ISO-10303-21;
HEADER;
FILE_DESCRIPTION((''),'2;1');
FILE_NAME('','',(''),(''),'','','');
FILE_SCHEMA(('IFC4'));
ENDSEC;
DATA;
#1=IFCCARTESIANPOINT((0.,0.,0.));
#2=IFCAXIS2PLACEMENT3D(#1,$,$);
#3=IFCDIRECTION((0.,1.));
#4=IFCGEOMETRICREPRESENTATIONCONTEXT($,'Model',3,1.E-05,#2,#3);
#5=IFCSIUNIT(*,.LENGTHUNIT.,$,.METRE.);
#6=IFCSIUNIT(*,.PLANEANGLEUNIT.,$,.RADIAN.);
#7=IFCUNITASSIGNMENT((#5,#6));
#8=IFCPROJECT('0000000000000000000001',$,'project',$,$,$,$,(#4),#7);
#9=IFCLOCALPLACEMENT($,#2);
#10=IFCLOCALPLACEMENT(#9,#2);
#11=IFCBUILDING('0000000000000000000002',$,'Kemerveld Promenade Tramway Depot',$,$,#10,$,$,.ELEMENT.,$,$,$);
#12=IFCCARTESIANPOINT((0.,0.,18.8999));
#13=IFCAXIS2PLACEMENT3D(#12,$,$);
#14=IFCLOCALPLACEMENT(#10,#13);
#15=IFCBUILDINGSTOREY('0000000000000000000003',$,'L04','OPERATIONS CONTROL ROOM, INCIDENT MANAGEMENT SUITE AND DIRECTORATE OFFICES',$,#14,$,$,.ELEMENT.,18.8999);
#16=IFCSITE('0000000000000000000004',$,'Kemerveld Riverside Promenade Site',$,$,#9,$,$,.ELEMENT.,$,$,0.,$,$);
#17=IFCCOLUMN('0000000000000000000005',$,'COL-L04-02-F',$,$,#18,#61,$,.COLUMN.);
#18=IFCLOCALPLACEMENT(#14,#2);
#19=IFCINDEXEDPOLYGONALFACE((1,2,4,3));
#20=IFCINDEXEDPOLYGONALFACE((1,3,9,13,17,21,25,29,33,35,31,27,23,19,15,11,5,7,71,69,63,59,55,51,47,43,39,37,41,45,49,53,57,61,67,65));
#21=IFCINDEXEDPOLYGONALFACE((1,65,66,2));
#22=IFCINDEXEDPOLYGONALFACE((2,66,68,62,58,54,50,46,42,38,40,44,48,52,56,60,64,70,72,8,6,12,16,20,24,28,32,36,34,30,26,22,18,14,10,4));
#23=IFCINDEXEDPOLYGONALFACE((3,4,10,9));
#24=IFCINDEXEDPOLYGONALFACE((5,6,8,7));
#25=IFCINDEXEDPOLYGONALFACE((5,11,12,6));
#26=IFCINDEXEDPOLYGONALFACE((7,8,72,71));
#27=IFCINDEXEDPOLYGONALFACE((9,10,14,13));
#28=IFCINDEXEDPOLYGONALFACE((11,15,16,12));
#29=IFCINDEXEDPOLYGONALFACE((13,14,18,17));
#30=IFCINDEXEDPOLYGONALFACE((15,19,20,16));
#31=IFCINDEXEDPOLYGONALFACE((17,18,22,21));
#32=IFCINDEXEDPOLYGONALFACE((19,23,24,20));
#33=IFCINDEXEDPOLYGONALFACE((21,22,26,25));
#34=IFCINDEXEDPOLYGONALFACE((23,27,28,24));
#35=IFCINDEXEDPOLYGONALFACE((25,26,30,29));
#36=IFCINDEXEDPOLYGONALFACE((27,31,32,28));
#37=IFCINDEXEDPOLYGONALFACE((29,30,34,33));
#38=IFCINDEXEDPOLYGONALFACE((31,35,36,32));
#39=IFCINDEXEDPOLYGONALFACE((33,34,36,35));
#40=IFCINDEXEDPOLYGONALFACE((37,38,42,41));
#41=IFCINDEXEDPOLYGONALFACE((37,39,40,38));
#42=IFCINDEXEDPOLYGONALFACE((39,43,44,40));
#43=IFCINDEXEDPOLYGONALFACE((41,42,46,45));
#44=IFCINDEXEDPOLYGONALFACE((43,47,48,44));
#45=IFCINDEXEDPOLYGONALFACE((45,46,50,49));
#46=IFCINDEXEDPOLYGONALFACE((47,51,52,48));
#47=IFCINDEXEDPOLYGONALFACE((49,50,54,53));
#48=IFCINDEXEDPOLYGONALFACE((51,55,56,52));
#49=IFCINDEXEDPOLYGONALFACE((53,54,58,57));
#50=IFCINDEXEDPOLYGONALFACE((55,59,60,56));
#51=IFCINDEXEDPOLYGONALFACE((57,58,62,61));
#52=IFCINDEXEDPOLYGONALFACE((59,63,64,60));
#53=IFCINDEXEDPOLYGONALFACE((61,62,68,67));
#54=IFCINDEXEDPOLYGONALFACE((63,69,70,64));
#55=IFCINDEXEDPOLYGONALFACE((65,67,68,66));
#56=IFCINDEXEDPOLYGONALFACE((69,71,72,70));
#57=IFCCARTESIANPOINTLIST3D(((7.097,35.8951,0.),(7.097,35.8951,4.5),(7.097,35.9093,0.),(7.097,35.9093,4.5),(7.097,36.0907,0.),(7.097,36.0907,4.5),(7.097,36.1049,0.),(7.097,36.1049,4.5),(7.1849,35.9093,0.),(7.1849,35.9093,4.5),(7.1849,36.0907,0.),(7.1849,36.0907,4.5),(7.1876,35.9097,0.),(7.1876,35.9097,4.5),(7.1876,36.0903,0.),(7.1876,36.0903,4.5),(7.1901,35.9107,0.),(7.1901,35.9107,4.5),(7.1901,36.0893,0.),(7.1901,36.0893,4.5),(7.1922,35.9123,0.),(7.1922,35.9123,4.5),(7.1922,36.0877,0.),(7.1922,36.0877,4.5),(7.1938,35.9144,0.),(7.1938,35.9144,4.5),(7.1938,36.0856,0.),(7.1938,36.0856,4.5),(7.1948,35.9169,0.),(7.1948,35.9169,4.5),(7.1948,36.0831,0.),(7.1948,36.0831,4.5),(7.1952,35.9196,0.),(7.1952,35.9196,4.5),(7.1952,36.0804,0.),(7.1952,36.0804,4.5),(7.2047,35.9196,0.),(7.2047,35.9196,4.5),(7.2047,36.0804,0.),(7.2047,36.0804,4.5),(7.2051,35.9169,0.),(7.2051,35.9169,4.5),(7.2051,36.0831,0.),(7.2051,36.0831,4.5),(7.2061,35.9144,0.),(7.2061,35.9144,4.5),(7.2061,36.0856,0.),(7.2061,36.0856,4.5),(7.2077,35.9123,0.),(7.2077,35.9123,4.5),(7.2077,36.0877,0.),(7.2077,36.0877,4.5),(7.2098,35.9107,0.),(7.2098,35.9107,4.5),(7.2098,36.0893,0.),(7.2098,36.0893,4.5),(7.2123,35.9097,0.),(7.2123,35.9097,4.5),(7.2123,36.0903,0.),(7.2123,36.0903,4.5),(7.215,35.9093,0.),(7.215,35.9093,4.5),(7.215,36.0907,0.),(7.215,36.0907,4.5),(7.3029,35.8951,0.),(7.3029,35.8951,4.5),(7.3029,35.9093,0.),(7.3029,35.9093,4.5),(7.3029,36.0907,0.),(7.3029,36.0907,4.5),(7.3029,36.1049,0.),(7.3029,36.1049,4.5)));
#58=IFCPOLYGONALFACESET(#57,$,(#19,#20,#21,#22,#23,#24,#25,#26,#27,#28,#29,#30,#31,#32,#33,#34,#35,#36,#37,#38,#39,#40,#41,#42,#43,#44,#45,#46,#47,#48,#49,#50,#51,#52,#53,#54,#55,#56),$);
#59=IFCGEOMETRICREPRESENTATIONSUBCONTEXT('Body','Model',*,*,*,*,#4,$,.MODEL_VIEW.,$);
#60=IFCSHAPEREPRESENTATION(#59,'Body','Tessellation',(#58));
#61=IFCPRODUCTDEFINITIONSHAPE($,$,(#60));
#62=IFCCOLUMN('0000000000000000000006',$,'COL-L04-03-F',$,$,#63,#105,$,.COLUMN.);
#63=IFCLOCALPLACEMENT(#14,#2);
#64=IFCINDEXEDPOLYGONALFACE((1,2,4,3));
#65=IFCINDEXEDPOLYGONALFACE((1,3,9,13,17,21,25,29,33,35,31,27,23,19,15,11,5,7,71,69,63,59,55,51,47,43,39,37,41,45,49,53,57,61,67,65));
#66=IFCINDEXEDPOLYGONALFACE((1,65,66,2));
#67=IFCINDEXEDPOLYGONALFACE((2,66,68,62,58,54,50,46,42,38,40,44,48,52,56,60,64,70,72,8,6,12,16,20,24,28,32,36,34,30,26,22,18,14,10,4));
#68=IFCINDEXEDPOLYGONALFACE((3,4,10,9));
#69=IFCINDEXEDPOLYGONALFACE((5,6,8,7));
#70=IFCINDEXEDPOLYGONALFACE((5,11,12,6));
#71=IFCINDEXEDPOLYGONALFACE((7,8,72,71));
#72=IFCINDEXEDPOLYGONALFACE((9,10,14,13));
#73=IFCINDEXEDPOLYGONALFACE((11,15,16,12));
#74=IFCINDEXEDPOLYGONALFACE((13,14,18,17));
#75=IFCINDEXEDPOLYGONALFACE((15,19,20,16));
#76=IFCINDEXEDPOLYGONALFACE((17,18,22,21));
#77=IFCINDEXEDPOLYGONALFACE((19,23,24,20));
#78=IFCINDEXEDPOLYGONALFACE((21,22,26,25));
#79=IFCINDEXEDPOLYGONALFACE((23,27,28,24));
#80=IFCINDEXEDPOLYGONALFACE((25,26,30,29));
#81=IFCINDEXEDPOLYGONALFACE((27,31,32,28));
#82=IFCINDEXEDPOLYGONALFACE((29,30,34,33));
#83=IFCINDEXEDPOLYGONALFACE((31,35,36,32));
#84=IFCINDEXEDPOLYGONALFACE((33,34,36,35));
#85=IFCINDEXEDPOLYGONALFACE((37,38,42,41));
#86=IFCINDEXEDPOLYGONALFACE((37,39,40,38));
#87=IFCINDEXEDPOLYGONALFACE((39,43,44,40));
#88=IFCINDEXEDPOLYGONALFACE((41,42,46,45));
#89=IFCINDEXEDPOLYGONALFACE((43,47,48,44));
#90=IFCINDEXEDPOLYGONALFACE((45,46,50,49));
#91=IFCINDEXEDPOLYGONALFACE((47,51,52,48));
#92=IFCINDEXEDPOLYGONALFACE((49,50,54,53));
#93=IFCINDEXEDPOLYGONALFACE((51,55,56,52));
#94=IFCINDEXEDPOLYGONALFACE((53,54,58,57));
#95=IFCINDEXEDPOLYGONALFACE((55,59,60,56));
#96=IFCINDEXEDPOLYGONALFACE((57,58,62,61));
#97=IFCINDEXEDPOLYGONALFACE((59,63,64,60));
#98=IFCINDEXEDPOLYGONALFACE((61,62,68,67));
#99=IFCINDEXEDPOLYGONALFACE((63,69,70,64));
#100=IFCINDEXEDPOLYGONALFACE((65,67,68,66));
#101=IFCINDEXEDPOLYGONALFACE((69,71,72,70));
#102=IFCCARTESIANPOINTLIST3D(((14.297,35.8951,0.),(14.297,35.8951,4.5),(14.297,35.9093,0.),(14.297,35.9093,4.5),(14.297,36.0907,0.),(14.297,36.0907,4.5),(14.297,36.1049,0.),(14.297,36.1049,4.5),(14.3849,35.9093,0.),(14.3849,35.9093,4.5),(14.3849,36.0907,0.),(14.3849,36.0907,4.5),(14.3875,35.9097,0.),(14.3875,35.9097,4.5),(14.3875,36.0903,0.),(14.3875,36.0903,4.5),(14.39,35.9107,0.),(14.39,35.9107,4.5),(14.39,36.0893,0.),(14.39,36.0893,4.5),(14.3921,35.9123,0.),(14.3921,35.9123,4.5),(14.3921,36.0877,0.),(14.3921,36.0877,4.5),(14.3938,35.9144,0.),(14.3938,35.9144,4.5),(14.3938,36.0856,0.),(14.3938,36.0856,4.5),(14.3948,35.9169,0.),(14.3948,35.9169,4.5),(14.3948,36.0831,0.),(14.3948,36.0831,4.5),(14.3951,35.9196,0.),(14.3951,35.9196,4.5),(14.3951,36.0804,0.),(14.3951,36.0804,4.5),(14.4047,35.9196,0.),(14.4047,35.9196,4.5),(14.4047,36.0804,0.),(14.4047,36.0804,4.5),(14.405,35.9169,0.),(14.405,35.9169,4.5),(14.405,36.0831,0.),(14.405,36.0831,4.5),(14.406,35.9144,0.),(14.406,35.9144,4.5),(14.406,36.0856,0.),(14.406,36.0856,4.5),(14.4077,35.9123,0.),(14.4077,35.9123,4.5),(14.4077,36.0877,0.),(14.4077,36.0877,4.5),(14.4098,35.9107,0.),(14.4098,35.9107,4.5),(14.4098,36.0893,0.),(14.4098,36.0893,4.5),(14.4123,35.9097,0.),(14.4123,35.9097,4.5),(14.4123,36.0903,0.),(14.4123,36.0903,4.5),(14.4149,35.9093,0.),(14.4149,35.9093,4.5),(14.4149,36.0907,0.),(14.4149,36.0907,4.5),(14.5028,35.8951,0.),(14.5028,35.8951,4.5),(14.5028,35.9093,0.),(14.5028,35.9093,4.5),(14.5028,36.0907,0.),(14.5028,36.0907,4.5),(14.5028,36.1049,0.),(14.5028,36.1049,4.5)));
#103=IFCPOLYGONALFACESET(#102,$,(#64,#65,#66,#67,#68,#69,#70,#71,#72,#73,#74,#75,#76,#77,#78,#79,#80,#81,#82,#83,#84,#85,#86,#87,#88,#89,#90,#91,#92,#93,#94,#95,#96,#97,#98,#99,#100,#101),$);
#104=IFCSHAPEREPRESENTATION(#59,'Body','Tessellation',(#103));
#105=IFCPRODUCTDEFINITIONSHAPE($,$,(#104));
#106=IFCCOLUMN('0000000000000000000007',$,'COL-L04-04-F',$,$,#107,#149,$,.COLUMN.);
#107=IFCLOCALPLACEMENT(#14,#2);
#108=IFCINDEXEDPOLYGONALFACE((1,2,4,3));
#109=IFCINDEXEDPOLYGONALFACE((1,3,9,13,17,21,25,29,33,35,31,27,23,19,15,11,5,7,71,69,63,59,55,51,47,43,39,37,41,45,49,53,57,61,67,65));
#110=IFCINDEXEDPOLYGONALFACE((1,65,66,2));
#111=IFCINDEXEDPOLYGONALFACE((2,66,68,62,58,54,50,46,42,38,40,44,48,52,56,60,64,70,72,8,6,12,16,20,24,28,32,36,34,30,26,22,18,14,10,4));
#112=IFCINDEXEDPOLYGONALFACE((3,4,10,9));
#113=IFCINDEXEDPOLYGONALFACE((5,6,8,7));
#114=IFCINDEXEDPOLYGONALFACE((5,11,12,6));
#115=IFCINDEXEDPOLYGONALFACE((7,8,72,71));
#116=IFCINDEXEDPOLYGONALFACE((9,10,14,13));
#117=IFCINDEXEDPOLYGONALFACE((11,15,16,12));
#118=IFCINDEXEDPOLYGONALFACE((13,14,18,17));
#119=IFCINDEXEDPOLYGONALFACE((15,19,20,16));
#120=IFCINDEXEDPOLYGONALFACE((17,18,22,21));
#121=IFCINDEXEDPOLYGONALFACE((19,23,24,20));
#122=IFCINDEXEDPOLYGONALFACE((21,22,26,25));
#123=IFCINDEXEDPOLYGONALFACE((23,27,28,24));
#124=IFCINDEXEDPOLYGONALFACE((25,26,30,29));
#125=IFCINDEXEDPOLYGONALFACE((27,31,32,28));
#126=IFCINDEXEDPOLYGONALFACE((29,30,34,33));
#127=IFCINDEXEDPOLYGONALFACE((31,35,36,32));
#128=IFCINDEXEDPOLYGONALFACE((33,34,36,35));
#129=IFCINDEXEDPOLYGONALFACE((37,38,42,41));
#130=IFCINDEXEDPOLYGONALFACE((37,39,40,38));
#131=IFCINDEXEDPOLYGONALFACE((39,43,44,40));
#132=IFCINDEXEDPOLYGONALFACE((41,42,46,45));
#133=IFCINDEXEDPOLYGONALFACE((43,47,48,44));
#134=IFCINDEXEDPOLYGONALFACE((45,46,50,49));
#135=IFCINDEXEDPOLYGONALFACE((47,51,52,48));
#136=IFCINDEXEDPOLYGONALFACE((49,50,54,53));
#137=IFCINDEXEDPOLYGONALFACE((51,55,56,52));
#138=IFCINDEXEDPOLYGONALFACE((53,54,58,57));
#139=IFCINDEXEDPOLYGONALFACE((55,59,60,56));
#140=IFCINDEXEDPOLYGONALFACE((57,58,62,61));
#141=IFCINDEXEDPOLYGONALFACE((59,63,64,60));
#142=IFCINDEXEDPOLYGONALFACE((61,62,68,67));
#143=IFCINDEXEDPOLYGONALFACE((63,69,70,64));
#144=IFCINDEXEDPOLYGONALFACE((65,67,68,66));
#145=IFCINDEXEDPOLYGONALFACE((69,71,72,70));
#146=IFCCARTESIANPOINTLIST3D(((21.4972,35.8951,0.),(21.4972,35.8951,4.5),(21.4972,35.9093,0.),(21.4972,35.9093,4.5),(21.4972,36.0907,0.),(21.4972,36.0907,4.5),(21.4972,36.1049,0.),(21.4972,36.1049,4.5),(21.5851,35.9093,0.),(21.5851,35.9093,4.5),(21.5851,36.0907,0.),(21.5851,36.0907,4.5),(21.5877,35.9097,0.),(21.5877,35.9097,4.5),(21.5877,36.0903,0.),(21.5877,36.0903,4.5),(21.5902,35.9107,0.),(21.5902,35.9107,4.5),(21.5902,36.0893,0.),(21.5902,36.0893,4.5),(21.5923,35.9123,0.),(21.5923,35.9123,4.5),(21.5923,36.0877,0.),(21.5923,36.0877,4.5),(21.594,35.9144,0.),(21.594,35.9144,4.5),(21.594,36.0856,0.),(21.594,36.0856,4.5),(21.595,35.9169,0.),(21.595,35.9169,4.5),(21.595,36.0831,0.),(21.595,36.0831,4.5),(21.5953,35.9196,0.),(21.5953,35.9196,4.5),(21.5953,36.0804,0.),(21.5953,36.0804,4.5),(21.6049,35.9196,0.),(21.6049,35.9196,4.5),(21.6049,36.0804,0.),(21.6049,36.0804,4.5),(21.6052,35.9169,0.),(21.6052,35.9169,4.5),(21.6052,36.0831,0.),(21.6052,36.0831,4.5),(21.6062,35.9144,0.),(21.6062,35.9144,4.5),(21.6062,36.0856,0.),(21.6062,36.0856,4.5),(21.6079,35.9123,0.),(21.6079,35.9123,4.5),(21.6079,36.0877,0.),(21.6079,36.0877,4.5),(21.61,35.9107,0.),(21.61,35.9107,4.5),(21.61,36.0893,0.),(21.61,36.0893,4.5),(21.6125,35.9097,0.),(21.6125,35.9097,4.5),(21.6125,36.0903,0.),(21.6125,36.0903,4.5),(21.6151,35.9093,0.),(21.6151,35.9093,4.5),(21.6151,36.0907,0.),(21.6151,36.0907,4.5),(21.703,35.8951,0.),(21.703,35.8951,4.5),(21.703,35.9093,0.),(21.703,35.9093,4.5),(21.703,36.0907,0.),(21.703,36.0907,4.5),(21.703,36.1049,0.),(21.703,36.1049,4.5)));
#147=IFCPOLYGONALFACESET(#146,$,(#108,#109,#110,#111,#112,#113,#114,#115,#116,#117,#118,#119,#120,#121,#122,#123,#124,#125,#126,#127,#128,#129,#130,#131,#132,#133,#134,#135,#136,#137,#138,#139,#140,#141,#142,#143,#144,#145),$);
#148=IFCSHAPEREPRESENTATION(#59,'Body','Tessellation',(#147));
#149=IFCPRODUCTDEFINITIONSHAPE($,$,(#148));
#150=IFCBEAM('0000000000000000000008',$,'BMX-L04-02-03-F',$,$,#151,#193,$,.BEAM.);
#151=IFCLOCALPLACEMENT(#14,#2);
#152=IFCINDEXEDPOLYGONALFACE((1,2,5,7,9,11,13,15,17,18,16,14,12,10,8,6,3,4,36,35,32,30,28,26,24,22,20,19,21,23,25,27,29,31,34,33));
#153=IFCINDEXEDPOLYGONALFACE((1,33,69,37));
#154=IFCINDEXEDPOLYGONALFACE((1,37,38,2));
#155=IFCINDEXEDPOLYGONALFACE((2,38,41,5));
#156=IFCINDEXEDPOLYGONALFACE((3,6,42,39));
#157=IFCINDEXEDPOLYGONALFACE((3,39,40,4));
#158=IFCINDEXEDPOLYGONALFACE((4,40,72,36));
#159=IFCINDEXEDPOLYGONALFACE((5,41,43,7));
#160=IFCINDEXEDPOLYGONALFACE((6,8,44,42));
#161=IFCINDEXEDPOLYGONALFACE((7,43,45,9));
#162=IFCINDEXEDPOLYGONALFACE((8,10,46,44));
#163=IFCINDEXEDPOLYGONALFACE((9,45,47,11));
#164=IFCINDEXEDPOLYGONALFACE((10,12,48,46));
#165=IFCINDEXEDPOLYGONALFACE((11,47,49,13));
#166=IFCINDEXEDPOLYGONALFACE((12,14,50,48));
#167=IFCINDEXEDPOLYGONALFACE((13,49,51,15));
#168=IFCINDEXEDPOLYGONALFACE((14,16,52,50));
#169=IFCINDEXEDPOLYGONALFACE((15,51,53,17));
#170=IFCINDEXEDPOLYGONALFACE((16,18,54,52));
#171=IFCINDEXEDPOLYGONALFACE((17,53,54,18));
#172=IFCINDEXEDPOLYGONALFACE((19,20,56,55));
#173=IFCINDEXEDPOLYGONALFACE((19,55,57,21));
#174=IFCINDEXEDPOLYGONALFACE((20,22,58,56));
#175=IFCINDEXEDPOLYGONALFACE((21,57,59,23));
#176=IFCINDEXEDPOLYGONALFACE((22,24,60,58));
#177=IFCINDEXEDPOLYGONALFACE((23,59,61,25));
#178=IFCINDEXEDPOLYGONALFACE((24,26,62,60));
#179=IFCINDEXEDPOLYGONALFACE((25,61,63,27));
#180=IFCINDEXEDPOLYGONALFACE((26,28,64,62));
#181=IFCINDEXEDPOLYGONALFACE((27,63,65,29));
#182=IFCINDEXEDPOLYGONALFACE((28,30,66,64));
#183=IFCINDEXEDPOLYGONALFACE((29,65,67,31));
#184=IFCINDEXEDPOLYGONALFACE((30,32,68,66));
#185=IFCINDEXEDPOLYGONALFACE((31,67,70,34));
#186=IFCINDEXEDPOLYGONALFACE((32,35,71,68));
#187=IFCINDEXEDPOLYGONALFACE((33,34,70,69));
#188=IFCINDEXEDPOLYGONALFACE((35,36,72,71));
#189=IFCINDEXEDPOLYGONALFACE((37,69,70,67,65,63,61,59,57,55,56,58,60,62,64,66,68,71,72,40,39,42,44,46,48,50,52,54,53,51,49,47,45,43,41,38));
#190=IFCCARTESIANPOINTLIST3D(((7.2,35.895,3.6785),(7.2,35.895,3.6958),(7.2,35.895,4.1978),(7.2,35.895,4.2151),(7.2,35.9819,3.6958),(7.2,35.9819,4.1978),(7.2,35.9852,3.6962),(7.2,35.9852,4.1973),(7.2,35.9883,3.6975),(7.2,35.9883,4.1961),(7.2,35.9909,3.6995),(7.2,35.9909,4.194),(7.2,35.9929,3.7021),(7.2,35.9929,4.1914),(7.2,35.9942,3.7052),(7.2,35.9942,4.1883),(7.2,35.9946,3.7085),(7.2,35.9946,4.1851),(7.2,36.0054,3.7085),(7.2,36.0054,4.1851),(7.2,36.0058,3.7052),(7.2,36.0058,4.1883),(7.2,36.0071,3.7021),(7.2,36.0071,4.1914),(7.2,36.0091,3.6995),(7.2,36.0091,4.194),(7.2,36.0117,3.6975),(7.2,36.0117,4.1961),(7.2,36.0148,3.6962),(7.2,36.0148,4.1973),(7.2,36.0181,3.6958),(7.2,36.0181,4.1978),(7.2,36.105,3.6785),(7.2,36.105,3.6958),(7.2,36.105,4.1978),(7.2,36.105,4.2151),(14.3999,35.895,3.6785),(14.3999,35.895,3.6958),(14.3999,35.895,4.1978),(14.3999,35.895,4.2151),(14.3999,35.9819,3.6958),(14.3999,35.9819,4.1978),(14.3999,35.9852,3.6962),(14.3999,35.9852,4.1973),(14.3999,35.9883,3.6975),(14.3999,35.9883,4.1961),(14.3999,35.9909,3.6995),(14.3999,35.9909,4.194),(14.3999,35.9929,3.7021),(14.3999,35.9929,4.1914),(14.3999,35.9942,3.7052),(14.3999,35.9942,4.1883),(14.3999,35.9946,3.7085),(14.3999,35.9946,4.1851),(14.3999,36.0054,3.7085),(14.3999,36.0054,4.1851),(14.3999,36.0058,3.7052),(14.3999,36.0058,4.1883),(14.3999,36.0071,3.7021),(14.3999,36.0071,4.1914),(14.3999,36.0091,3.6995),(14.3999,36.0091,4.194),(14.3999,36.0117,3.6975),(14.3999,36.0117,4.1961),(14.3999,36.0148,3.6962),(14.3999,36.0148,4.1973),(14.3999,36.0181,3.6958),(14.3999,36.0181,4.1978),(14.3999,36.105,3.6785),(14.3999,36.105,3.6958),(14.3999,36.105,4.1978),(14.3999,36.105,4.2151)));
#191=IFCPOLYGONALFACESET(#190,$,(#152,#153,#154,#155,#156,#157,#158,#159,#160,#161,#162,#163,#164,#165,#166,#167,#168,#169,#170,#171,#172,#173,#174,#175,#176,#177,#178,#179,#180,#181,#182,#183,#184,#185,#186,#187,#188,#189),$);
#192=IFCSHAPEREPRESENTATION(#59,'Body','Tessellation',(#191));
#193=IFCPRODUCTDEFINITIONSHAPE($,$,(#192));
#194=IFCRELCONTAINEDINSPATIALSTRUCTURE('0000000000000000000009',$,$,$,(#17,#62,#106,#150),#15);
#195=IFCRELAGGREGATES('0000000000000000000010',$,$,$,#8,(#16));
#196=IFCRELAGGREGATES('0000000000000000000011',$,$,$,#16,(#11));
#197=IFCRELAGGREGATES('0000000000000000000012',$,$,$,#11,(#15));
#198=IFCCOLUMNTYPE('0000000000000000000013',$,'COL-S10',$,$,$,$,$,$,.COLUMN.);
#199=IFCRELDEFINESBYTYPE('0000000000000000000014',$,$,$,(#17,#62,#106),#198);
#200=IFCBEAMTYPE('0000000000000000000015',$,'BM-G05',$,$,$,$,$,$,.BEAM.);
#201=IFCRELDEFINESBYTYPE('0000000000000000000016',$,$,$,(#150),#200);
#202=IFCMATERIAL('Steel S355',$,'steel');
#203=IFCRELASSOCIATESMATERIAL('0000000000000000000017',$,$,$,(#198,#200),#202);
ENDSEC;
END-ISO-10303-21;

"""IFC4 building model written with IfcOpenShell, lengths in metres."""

from ifc_helpers import new_model, si_unit, direction, frame, origin, origin_2d, place, context, subcontext, project, spatial, i_section, extrude, material, material_profile, profile_set, type_object, element, save


model = new_model("IFC4")

# Units and contexts
model_context = context("Model", 3, precision=1e-05, world=origin(), true_north=direction((0.0, 1.0)))
body_context = subcontext(model_context, "Body", "Model", "MODEL_VIEW")
ifc_project = project(units=[si_unit("LENGTHUNIT", "METRE"), si_unit("PLANEANGLEUNIT", "RADIAN")], contexts=[model_context])

# Site, building, storey
site_placement = place(None, origin())
site = spatial("IfcSite", under=ifc_project, at=site_placement, Name="Kemerveld Riverside Promenade Site", CompositionType="ELEMENT", RefElevation=0.0)
building_placement = place(site_placement, origin())
building = spatial("IfcBuilding", under=site, at=building_placement, Name="Kemerveld Promenade Tramway Depot", CompositionType="ELEMENT")
storey_placement = place(building_placement, frame((0.0, 0.0, 18.8999)))
storey = spatial("IfcBuildingStorey", under=building, at=storey_placement, Name="L04", Description="OPERATIONS CONTROL ROOM, INCIDENT MANAGEMENT SUITE AND DIRECTORATE OFFICES", CompositionType="ELEMENT", Elevation=18.8999)

# Columns
ifc_material_1 = material(Name="Steel S355", Category="steel")
ifc_material_profile_1 = material_profile(ifc_material_1, i_section(OverallWidth=0.2058, OverallDepth=0.2097, WebThickness=0.0095, FlangeThickness=0.0142, FilletRadius=0.0103, at=origin_2d()), Name="203x203x60 UC")
ifc_profile_set_1 = profile_set([ifc_material_profile_1], Name="Steel S355")
column_type = type_object("IfcColumnType", Name="COL-S10", PredefinedType="COLUMN", material=ifc_profile_set_1)
for number, where, z_axis, x_axis, name in (
    (1, (7.2, 36.0, 0.0), (0.0, 0.0, 1.0), (1.0, 0.0, 0.0), "COL-L04-02-F"),
    (2, (14.3999, 36.0, 0.0), (0.0, 0.0, 1.0), (1.0, 0.0, 0.0), "COL-L04-03-F"),
    (3, (21.6001, 36.0, 0.0), (0.0, 0.0, 1.0), (1.0, 0.0, 0.0), "COL-L04-04-F"),
):
    element("IfcColumn", number, at=place(storey_placement, frame(where, z_axis=z_axis, x_axis=x_axis)), inside=storey, type_object=column_type, Name=name, PredefinedType="COLUMN", context=body_context, shape_type="SweptSolid", body=[
        extrude(i_section(OverallWidth=0.2058, OverallDepth=0.2097, WebThickness=0.0095, FlangeThickness=0.0142, FilletRadius=0.0103, at=origin_2d()), origin(), (0.0, 0.0, 1.0), 4.5),
    ])

# Beam
ifc_material_profile_2 = material_profile(ifc_material_1, i_section(OverallWidth=0.21, OverallDepth=0.5366, WebThickness=0.0107, FlangeThickness=0.0173, FilletRadius=0.0127, at=origin_2d()), Name="533x210x101 UB")
ifc_profile_set_2 = profile_set([ifc_material_profile_2], Name="Steel S355")
beam_type_1 = type_object("IfcBeamType", Name="BM-G05", PredefinedType="BEAM", material=ifc_profile_set_2)
beam_1_placement = place(storey_placement, frame((7.2, 36.0, 3.9468), z_axis=(1.0, 0.0, 0.0), x_axis=(0.0, 1.0, 0.0)))
element("IfcBeam", 4, at=beam_1_placement, inside=storey, type_object=beam_type_1, Name="BMX-L04-02-03-F", PredefinedType="BEAM", context=body_context, shape_type="SweptSolid", body=[
    extrude(i_section(OverallWidth=0.21, OverallDepth=0.5366, WebThickness=0.0107, FlangeThickness=0.0173, FilletRadius=0.0127, at=origin_2d()), origin(), (0.0, 0.0, 1.0), 7.2),
])

save(model, "model.ifc")
